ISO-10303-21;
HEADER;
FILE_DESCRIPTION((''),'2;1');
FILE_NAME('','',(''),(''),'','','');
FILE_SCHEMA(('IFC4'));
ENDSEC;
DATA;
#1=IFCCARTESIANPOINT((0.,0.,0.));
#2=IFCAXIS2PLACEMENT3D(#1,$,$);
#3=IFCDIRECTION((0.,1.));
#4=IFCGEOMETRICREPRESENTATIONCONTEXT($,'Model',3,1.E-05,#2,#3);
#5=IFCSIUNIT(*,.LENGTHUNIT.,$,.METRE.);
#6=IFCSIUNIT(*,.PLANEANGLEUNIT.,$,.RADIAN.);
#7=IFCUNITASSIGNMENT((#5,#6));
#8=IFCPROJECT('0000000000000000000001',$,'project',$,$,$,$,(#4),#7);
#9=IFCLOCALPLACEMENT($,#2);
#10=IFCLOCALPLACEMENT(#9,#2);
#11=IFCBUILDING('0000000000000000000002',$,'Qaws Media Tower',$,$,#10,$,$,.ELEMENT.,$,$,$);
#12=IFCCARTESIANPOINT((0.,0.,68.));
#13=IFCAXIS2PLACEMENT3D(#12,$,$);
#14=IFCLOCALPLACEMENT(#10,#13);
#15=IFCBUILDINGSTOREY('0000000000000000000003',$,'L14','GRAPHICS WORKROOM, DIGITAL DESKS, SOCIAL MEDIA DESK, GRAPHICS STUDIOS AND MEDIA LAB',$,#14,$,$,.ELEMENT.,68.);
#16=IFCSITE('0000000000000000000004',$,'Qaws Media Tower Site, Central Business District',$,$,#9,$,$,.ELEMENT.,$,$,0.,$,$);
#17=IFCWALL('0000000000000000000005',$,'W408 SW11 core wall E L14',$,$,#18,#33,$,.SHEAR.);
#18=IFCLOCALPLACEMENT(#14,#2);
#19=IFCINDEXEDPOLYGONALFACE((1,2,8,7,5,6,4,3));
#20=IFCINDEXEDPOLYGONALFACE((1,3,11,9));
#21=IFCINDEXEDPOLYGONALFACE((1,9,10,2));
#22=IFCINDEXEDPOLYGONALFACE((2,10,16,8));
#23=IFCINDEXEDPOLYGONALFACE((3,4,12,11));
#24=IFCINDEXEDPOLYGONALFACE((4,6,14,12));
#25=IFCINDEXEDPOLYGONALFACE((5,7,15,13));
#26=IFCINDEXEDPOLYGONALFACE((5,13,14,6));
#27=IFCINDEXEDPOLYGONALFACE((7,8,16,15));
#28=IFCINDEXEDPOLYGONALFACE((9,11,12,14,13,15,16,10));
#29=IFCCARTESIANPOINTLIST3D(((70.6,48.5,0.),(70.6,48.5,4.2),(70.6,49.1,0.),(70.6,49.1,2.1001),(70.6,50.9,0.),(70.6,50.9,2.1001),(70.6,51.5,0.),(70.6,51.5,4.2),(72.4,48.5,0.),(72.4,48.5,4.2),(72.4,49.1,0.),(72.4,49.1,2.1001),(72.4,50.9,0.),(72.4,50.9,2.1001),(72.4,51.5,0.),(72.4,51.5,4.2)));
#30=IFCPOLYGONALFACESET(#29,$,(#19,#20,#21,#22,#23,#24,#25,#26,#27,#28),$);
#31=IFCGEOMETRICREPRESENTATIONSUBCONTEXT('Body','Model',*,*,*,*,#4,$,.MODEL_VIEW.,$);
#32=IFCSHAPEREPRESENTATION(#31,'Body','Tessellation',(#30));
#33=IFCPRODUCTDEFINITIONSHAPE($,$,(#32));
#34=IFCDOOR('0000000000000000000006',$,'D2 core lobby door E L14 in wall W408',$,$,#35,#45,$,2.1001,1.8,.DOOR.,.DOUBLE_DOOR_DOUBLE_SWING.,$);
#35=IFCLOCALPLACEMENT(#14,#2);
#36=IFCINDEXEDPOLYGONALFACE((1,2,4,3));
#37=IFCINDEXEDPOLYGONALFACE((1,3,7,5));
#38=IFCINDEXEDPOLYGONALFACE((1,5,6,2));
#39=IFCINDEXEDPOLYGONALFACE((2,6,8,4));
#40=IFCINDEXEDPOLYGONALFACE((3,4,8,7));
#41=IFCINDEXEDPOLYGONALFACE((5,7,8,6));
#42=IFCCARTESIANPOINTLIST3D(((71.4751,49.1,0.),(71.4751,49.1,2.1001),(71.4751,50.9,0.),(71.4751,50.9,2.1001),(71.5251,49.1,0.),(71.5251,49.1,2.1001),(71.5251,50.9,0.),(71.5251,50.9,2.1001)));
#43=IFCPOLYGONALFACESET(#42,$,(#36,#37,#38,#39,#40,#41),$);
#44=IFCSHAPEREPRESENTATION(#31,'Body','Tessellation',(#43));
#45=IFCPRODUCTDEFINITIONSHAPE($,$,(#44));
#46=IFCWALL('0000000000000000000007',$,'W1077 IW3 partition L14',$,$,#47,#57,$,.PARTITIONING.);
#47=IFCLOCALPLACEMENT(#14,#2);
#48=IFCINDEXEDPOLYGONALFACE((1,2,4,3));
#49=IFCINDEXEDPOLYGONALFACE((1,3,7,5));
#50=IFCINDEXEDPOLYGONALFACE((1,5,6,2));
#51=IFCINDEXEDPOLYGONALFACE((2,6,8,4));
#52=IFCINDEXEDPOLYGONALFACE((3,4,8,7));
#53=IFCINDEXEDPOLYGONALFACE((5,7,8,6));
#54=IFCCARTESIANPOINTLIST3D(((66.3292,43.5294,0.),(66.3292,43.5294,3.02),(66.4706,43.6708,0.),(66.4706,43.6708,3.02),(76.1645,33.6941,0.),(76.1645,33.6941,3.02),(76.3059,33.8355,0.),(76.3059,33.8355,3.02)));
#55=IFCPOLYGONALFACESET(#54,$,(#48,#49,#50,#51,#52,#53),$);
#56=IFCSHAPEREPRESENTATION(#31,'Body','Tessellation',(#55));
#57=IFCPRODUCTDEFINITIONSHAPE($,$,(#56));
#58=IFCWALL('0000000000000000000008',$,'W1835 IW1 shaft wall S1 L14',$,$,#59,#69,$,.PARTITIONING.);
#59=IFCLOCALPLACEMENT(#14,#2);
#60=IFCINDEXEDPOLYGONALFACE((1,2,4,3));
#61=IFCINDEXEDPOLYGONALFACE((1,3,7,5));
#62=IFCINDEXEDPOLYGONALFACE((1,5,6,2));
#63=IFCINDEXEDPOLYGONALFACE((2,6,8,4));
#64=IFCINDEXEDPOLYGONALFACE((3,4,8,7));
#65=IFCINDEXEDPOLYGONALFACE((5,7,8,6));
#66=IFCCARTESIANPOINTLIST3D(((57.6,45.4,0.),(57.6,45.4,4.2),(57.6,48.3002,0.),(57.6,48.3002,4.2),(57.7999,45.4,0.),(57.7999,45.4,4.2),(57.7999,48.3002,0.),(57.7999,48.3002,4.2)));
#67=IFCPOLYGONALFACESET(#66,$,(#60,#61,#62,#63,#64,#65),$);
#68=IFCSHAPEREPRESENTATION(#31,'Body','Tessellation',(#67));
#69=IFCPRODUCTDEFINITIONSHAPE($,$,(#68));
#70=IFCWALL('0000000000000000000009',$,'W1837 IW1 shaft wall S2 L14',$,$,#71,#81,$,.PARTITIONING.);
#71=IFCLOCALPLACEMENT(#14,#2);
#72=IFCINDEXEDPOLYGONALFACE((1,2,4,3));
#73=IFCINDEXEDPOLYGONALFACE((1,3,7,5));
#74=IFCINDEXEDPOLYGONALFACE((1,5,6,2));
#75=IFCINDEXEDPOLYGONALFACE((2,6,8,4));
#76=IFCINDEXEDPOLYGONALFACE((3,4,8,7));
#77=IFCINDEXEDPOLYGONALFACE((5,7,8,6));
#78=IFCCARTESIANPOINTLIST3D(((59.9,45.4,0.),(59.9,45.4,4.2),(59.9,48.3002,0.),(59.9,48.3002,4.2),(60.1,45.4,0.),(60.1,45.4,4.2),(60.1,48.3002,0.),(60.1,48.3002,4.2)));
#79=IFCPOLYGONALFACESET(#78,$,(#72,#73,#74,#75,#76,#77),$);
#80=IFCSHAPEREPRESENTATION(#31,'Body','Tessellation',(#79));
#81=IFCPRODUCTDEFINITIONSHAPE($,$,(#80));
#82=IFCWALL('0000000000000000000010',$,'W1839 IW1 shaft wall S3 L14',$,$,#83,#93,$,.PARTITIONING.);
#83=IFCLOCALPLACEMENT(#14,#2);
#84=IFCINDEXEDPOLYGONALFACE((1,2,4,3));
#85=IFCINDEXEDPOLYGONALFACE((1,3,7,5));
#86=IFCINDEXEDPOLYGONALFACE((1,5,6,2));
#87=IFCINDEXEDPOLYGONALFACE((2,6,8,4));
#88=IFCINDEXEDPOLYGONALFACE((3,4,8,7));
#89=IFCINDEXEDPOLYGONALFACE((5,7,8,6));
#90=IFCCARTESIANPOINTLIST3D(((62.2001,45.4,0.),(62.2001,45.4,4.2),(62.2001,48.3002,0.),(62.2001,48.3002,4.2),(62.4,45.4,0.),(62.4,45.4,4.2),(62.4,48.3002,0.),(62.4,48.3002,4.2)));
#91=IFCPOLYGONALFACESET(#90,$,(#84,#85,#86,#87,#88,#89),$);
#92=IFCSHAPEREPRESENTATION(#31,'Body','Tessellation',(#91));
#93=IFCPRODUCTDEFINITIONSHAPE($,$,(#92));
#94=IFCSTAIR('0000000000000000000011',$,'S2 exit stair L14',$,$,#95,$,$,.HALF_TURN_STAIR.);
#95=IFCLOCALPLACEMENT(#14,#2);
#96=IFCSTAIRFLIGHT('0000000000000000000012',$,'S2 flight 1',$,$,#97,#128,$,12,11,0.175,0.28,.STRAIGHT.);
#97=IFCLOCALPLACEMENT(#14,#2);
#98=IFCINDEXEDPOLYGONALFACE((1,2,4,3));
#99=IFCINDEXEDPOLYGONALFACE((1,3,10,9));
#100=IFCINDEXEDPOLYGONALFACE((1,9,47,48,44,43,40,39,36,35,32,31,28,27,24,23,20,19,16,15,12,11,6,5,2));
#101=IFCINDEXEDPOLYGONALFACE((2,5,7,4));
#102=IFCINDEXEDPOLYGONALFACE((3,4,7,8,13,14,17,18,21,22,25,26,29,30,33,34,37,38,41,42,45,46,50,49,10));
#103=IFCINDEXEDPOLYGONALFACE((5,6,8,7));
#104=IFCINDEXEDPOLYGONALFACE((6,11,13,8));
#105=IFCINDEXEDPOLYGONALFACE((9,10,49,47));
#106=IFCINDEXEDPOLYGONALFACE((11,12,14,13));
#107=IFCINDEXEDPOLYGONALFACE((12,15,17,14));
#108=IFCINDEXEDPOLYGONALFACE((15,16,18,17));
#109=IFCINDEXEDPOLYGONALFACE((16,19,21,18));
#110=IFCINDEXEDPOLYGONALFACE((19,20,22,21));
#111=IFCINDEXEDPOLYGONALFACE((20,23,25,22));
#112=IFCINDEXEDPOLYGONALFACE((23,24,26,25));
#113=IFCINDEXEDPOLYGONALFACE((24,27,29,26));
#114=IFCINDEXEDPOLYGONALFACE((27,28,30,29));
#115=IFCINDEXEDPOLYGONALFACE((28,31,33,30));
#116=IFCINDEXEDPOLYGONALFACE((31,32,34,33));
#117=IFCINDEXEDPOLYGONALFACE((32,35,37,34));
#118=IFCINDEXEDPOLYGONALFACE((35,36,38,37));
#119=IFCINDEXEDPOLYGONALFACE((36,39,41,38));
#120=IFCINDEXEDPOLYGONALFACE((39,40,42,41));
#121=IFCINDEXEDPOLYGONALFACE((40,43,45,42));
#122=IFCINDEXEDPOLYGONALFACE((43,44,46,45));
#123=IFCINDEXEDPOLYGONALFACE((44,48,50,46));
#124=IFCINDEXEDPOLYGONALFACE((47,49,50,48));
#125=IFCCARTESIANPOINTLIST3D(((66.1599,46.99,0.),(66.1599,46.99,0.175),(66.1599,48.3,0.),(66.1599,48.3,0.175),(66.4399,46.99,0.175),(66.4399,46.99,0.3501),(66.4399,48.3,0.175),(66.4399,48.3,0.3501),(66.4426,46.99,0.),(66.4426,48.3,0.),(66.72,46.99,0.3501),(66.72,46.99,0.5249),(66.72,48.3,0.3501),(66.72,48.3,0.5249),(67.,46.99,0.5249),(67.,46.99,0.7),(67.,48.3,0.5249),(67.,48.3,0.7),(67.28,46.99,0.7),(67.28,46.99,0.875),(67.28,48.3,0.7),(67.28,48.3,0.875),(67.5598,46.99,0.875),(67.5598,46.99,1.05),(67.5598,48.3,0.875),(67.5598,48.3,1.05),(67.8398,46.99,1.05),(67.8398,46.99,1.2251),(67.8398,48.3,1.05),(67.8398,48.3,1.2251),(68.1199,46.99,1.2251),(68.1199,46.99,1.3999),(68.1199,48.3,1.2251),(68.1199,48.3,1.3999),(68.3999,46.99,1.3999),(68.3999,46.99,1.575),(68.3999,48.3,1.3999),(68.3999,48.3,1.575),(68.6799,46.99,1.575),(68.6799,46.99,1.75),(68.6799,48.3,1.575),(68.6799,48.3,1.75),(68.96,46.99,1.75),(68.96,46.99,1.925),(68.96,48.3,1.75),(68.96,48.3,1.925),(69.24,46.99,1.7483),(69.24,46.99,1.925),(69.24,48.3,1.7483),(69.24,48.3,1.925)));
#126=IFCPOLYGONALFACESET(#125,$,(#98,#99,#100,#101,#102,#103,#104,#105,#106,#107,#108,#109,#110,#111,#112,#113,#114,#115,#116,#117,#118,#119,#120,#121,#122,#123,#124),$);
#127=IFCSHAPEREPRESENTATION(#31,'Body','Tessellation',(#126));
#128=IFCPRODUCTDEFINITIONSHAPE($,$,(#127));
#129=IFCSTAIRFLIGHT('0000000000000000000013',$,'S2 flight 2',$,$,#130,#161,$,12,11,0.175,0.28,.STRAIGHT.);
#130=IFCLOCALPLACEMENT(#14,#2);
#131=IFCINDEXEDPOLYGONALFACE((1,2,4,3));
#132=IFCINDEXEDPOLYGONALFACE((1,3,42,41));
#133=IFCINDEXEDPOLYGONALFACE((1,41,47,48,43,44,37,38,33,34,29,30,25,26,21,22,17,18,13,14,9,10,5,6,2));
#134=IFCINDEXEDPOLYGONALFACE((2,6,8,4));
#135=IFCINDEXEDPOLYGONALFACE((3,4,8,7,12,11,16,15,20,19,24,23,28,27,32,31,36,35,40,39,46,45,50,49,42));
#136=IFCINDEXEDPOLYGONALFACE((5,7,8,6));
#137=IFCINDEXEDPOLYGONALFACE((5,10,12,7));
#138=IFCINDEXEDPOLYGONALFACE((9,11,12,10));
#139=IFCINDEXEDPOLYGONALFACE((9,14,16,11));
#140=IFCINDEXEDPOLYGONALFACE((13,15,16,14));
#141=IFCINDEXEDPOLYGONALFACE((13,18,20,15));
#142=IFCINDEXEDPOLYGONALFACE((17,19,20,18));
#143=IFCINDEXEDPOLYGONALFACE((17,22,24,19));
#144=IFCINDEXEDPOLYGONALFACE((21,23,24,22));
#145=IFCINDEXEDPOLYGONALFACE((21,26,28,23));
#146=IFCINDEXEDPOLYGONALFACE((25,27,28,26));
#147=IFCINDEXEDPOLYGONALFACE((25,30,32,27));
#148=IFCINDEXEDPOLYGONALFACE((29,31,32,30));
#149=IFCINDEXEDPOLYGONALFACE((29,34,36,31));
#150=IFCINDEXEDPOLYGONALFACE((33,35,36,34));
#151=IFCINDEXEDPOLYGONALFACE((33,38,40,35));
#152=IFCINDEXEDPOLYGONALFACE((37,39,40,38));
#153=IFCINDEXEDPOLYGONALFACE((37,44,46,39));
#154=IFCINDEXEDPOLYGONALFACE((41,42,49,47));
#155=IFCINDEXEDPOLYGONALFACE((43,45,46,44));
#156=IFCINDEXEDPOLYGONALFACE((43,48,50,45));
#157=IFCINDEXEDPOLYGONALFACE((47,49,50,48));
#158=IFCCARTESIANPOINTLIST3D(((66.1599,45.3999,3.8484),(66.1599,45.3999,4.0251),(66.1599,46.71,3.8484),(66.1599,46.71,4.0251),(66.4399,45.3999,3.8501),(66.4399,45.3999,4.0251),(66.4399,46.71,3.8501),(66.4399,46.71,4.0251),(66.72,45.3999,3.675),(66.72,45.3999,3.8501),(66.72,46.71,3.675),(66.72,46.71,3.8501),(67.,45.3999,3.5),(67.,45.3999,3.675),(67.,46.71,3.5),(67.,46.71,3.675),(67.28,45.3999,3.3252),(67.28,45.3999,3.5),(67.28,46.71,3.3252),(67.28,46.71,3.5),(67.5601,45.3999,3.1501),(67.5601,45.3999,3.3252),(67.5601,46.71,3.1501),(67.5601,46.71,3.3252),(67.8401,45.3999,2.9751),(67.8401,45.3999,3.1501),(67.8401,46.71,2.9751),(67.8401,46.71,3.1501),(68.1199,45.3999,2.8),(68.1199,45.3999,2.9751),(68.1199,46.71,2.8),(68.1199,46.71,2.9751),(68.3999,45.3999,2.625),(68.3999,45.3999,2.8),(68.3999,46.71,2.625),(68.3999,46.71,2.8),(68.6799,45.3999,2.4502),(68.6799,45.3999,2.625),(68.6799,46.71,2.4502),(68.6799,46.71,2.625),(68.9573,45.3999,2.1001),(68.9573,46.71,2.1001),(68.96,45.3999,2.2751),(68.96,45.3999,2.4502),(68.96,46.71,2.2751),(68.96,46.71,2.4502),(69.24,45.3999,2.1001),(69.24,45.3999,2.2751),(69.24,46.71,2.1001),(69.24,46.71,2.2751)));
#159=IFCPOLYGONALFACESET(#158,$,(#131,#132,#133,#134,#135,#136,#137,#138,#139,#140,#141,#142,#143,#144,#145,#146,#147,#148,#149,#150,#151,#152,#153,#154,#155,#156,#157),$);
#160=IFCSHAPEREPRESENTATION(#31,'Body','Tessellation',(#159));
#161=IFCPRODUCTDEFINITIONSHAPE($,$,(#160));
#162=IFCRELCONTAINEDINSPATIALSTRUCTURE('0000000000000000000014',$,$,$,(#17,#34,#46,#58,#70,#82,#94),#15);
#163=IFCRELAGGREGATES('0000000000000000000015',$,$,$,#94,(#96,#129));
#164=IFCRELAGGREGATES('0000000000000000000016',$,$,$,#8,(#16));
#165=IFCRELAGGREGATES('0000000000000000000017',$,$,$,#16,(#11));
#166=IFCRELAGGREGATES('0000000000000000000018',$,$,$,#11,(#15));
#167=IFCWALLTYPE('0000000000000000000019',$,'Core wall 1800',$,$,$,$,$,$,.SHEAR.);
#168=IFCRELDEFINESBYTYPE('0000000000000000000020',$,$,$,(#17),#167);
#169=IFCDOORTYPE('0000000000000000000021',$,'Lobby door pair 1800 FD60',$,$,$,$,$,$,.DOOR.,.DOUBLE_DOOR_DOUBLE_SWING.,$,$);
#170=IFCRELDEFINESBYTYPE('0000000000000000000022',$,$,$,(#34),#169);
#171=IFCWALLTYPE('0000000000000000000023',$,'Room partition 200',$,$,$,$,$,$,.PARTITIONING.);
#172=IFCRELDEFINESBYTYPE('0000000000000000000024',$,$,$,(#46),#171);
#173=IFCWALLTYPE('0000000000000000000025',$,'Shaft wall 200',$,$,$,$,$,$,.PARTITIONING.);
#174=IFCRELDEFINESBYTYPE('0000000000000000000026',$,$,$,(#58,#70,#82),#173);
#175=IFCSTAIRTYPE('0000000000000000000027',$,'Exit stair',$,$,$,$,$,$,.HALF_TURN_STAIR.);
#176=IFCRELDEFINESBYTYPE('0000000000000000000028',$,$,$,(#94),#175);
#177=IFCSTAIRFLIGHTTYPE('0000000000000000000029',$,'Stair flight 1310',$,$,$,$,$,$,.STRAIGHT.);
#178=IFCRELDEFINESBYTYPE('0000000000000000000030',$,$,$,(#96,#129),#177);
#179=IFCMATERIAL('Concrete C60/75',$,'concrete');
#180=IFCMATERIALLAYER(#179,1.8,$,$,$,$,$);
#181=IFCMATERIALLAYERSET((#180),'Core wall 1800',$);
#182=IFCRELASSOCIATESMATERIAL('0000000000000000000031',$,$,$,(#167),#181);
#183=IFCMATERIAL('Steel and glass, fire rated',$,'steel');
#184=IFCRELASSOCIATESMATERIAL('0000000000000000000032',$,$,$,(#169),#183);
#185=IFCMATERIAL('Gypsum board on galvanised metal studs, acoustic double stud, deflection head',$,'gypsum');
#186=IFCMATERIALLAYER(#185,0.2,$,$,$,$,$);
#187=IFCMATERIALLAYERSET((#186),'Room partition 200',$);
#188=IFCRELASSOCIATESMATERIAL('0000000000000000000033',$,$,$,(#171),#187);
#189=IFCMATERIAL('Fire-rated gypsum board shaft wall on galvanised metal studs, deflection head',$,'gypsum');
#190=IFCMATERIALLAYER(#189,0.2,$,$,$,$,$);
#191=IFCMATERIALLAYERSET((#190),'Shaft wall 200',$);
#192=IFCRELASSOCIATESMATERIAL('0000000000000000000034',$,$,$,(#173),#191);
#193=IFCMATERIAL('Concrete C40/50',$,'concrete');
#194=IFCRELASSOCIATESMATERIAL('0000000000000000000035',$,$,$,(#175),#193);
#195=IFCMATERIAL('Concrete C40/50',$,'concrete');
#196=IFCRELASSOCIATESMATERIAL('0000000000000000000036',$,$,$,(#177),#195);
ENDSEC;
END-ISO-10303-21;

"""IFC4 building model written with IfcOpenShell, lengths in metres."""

from ifc_helpers import new_model, si_unit, direction, frame, frame_2d, origin, place, context, subcontext, project, spatial, polyline, rectangle, outline, extrude, material, layer, layer_set, type_object, element, fill, aggregate, save


model = new_model("IFC4")

# Units and contexts
model_context = context("Model", 3, precision=1e-05, world=origin(), true_north=direction((0.0, 1.0)))
body_context = subcontext(model_context, "Body", "Model", "MODEL_VIEW")
ifc_project = project(units=[si_unit("LENGTHUNIT", "METRE"), si_unit("PLANEANGLEUNIT", "RADIAN")], contexts=[model_context])

# Site, building, storey
site_placement = place(None, origin())
site = spatial("IfcSite", under=ifc_project, at=site_placement, Name="Qaws Media Tower Site, Central Business District", CompositionType="ELEMENT", RefElevation=0.0)
building_placement = place(site_placement, origin())
building = spatial("IfcBuilding", under=site, at=building_placement, Name="Qaws Media Tower", CompositionType="ELEMENT")
storey_placement = place(building_placement, frame((0.0, 0.0, 68.0)))
storey = spatial("IfcBuildingStorey", under=building, at=storey_placement, Name="L14", Description="GRAPHICS WORKROOM, DIGITAL DESKS, SOCIAL MEDIA DESK, GRAPHICS STUDIOS AND MEDIA LAB", CompositionType="ELEMENT", Elevation=68.0)

# Shared definitions
ifc_material_1 = material(Name="Concrete C60/75", Category="concrete")
ifc_layer_1 = layer(ifc_material_1, 1.8)
ifc_layer_set_1 = layer_set([ifc_layer_1], Name="Core wall 1800")
wall_type_1 = type_object("IfcWallType", Name="Core wall 1800", PredefinedType="SHEAR", material=ifc_layer_set_1)

# Wall, opening, door
wall_1_placement = place(storey_placement, frame((71.5, 48.5, 0.0), z_axis=(0.0, 0.0, 1.0), x_axis=(0.0, 1.0, 0.0)))
wall_1 = element("IfcWall", 1, at=wall_1_placement, inside=storey, type_object=wall_type_1, Name="W408 SW11 core wall E L14", PredefinedType="SHEAR", context=body_context, shape_type="SweptSolid", body=[
    extrude(rectangle(XDim=3.0, YDim=1.8, at=frame_2d((1.5, 0.0))), origin(), (0.0, 0.0, 1.0), 4.2),
])
opening_1_placement = place(wall_1_placement, frame((0.6001, 0.0, 0.0)))
opening_1 = element("IfcOpeningElement", 2, at=opening_1_placement, cuts=wall_1, PredefinedType="OPENING", context=body_context, shape_type="SweptSolid", body=[
    extrude(rectangle(XDim=1.8, YDim=2.1001, at=frame_2d((0.8999, 1.05))), frame((0.0, 0.9099, 0.0), z_axis=(0.0, -1.0, 0.0), x_axis=(1.0, 0.0, 0.0)), (0.0, 0.0, 1.0), 1.8201),
])
ifc_material_2 = material(Name="Steel and glass, fire rated", Category="steel")
door_type_1 = type_object("IfcDoorType", Name="Lobby door pair 1800 FD60", OperationType="DOUBLE_DOOR_DOUBLE_SWING", PredefinedType="DOOR", material=ifc_material_2)
door_1_placement = place(opening_1_placement, origin())
door_1 = element("IfcDoor", 3, at=door_1_placement, inside=storey, type_object=door_type_1, Name="D2 core lobby door E L14 in wall W408", OperationType="DOUBLE_DOOR_DOUBLE_SWING", OverallHeight=2.1001, OverallWidth=1.8, PredefinedType="DOOR", context=body_context, shape_type="SweptSolid", body=[
    extrude(rectangle(XDim=1.8, YDim=2.1001, at=frame_2d((0.8999, 1.05))), frame((0.0, 0.0249, 0.0), z_axis=(0.0, -1.0, 0.0), x_axis=(1.0, 0.0, 0.0)), (0.0, 0.0, 1.0), 0.05),
])
fill(opening_1, door_1)

# Walls
ifc_material_3 = material(Name="Gypsum board on galvanised metal studs, acoustic double stud, deflection head", Category="gypsum")
ifc_layer_2 = layer(ifc_material_3, 0.2)
ifc_layer_set_2 = layer_set([ifc_layer_2], Name="Room partition 200")
wall_type_2 = type_object("IfcWallType", Name="Room partition 200", PredefinedType="PARTITIONING", material=ifc_layer_set_2)
wall_2_placement = place(storey_placement, frame((66.3999, 43.6001, 0.0), z_axis=(0.0, 0.0, 1.0), x_axis=(0.707107, -0.707107, 0.0)))
element("IfcWall", 4, at=wall_2_placement, inside=storey, type_object=wall_type_2, Name="W1077 IW3 partition L14", PredefinedType="PARTITIONING", context=body_context, shape_type="SweptSolid", body=[
    extrude(rectangle(XDim=13.9092, YDim=0.2, at=frame_2d((6.9546, 0.0))), origin(), (0.0, 0.0, 1.0), 3.02),
])
ifc_material_4 = material(Name="Fire-rated gypsum board shaft wall on galvanised metal studs, deflection head", Category="gypsum")
ifc_layer_3 = layer(ifc_material_4, 0.2)
ifc_layer_set_3 = layer_set([ifc_layer_3], Name="Shaft wall 200")
wall_type_3 = type_object("IfcWallType", Name="Shaft wall 200", PredefinedType="PARTITIONING", material=ifc_layer_set_3)
for number, where, z_axis, x_axis, name in (
    (5, (57.7, 45.3999, 0.0), (0.0, 0.0, 1.0), (0.0, 1.0, 0.0), "W1835 IW1 shaft wall S1 L14"),
    (6, (60.0, 45.3999, 0.0), (0.0, 0.0, 1.0), (0.0, 1.0, 0.0), "W1837 IW1 shaft wall S2 L14"),
    (7, (62.3, 45.3999, 0.0), (0.0, 0.0, 1.0), (0.0, 1.0, 0.0), "W1839 IW1 shaft wall S3 L14"),
):
    element("IfcWall", number, at=place(storey_placement, frame(where, z_axis=z_axis, x_axis=x_axis)), inside=storey, type_object=wall_type_3, Name=name, PredefinedType="PARTITIONING", context=body_context, shape_type="SweptSolid", body=[
        extrude(rectangle(XDim=2.9001, YDim=0.2, at=frame_2d((1.4502, 0.0))), origin(), (0.0, 0.0, 1.0), 4.2),
    ])

# Stair, stair flights
ifc_material_5 = material(Name="Concrete C40/50", Category="concrete")
stair_type = type_object("IfcStairType", Name="Exit stair", PredefinedType="HALF_TURN_STAIR", material=ifc_material_5)
stair_placement = place(storey_placement, origin())
stair = element("IfcStair", 8, at=stair_placement, inside=storey, type_object=stair_type, Name="S2 exit stair L14", PredefinedType="HALF_TURN_STAIR")
ifc_material_6 = material(Name="Concrete C40/50", Category="concrete")
stair_flight_type = type_object("IfcStairFlightType", Name="Stair flight 1310", PredefinedType="STRAIGHT", material=ifc_material_6)
stair_flight_1_placement = place(storey_placement, frame((66.1599, 47.645, 0.0), z_axis=(0.0, 0.0, 1.0), x_axis=(1.0, 0.0, 0.0)))
stair_flight_1 = element("IfcStairFlight", 9, at=stair_flight_1_placement, type_object=stair_flight_type, Name="S2 flight 1", NumberOfRisers=12, NumberOfTreads=11, PredefinedType="STRAIGHT", RiserHeight=0.175, TreadLength=0.28, context=body_context, shape_type="SweptSolid", body=[
    extrude(outline(polyline([(0.0, 0.0), (0.0, 0.175), (0.28, 0.175), (0.28, 0.3501), (0.5601, 0.3501), (0.5601, 0.5249), (0.8401, 0.5249), (0.8401, 0.7), (1.1201, 0.7), (1.1201, 0.875), (1.3999, 0.875), (1.3999, 1.05), (1.6799, 1.05), (1.6799, 1.2251), (1.96, 1.2251), (1.96, 1.3999), (2.24, 1.3999), (2.24, 1.575), (2.52, 1.575), (2.52, 1.75), (2.8, 1.75), (2.8, 1.925), (3.0801, 1.925), (3.0801, 2.1001), (3.0801, 1.7483), (0.2827, 0.0), (0.0, 0.0)])), frame((0.0, 0.655, 0.0), z_axis=(0.0, -1.0, 0.0), x_axis=(1.0, 0.0, 0.0)), (0.0, 0.0, 1.0), 1.3101),
])
stair_flight_2_placement = place(storey_placement, frame((69.24, 46.0549, 2.1001), z_axis=(0.0, 0.0, 1.0), x_axis=(-1.0, 0.0, 0.0)))
stair_flight_2 = element("IfcStairFlight", 10, at=stair_flight_2_placement, type_object=stair_flight_type, Name="S2 flight 2", NumberOfRisers=12, NumberOfTreads=11, PredefinedType="STRAIGHT", RiserHeight=0.175, TreadLength=0.28, context=body_context, shape_type="SweptSolid", body=[
    extrude(outline(polyline([(0.0, 0.0), (0.0, 0.175), (0.28, 0.175), (0.28, 0.3501), (0.5601, 0.3501), (0.5601, 0.5249), (0.8401, 0.5249), (0.8401, 0.7), (1.1201, 0.7), (1.1201, 0.875), (1.3999, 0.875), (1.3999, 1.05), (1.6799, 1.05), (1.6799, 1.2251), (1.96, 1.2251), (1.96, 1.3999), (2.24, 1.3999), (2.24, 1.575), (2.52, 1.575), (2.52, 1.75), (2.8, 1.75), (2.8, 1.925), (3.0801, 1.925), (3.0801, 2.1001), (3.0801, 1.7483), (0.2827, 0.0), (0.0, 0.0)])), frame((0.0, 0.655, 0.0), z_axis=(0.0, -1.0, 0.0), x_axis=(1.0, 0.0, 0.0)), (0.0, 0.0, 1.0), 1.3101),
])
aggregate(stair, [stair_flight_1, stair_flight_2])

save(model, "model.ifc")
